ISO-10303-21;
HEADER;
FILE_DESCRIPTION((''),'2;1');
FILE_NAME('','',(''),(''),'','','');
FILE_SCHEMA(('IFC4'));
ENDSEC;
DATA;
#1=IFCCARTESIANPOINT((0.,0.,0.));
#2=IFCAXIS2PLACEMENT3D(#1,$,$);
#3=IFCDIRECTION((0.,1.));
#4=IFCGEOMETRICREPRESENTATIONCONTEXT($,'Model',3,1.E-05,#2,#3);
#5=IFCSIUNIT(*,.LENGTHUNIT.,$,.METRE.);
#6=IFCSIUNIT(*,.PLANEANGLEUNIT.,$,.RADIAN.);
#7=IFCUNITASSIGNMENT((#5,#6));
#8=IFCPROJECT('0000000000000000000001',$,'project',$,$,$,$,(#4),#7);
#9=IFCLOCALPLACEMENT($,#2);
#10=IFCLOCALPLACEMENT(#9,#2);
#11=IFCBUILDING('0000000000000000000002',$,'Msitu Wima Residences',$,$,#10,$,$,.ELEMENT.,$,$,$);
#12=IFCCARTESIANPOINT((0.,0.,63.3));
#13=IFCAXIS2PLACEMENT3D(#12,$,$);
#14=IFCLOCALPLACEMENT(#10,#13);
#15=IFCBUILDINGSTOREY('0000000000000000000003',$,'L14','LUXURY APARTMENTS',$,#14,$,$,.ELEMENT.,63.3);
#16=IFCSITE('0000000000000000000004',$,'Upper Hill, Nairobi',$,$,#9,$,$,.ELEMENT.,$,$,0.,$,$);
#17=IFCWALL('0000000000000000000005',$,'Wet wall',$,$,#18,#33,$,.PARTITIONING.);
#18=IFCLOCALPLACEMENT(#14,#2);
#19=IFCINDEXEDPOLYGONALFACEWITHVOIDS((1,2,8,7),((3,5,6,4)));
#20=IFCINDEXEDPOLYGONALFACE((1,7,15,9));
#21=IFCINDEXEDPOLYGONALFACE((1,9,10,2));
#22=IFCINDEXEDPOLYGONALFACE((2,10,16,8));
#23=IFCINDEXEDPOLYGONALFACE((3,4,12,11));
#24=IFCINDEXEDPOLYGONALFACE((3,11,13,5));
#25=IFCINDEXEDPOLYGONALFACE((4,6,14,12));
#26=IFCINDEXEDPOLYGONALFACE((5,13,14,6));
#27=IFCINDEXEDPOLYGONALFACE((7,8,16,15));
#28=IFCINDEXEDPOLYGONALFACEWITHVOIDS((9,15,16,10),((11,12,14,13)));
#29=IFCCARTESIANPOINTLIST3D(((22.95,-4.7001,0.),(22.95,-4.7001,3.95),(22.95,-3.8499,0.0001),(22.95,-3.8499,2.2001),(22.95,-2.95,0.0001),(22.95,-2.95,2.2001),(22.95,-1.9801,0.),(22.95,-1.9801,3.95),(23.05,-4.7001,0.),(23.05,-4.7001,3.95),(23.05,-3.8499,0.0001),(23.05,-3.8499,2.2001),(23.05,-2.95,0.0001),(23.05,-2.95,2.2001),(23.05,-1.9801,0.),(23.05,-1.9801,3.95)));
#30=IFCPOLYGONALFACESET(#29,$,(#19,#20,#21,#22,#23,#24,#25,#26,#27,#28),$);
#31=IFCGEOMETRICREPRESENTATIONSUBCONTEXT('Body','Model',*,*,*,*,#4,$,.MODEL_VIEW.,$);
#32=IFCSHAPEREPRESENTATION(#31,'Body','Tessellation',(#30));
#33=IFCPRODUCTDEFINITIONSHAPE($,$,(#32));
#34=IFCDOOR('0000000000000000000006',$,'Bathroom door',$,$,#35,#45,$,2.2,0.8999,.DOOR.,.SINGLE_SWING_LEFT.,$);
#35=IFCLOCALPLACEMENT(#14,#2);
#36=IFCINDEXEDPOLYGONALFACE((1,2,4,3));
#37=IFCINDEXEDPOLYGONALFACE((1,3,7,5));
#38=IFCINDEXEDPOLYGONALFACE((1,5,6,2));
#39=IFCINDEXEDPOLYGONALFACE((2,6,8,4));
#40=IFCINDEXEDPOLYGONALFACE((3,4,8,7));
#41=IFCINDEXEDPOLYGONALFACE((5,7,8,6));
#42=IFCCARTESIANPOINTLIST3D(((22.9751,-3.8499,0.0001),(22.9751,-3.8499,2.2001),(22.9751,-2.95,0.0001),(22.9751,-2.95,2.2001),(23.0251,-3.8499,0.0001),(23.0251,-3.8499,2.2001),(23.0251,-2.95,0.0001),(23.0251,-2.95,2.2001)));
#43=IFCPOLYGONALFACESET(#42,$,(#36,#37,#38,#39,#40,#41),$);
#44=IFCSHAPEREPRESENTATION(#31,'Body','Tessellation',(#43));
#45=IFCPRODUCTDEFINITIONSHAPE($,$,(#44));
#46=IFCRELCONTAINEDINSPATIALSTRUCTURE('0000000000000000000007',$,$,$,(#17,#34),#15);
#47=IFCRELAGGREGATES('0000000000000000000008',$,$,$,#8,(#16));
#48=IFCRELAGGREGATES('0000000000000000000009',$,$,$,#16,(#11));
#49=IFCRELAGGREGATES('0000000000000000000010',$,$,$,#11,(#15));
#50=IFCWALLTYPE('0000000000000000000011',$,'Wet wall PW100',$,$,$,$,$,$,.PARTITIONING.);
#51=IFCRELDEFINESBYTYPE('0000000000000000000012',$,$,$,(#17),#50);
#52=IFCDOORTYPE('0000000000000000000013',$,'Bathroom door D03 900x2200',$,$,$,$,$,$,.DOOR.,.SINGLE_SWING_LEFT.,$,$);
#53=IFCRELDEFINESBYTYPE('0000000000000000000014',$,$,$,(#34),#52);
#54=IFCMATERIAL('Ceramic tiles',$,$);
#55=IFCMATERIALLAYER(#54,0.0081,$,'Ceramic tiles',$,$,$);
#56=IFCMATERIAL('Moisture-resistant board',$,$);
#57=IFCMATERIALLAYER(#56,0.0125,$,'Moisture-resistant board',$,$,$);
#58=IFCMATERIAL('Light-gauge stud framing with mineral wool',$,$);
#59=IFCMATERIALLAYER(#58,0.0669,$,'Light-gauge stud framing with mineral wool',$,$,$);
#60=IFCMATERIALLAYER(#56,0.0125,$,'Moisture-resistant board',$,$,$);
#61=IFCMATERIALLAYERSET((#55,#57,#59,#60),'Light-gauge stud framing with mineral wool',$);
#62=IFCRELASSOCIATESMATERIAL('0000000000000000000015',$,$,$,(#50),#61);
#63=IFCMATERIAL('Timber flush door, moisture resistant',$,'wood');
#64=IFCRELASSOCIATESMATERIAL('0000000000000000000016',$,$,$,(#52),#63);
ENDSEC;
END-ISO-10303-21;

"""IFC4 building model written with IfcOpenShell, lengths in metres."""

from ifc_helpers import new_model, si_unit, direction, frame, frame_2d, origin, place, context, subcontext, project, spatial, rectangle, extrude, material, layer, layer_set, type_object, element, fill, save


model = new_model("IFC4")

# Units and contexts
model_context = context("Model", 3, precision=1e-05, world=origin(), true_north=direction((0.0, 1.0)))
body_context = subcontext(model_context, "Body", "Model", "MODEL_VIEW")
ifc_project = project(units=[si_unit("LENGTHUNIT", "METRE"), si_unit("PLANEANGLEUNIT", "RADIAN")], contexts=[model_context])

# Site, building, storey
site_placement = place(None, origin())
site = spatial("IfcSite", under=ifc_project, at=site_placement, Name="Upper Hill, Nairobi", CompositionType="ELEMENT", RefElevation=0.0)
building_placement = place(site_placement, origin())
building = spatial("IfcBuilding", under=site, at=building_placement, Name="Msitu Wima Residences", CompositionType="ELEMENT")
storey_placement = place(building_placement, frame((0.0, 0.0, 63.3)))
storey = spatial("IfcBuildingStorey", under=building, at=storey_placement, Name="L14", Description="LUXURY APARTMENTS", CompositionType="ELEMENT", Elevation=63.3)

# Shared definitions
ifc_material_1 = material(Name="Ceramic tiles")
ifc_layer_1 = layer(ifc_material_1, 0.0081, Name="Ceramic tiles")
ifc_material_2 = material(Name="Moisture-resistant board")
ifc_layer_2 = layer(ifc_material_2, 0.0125, Name="Moisture-resistant board")
ifc_material_3 = material(Name="Light-gauge stud framing with mineral wool")
ifc_layer_3 = layer(ifc_material_3, 0.0669, Name="Light-gauge stud framing with mineral wool")
ifc_layer_4 = layer(ifc_material_2, 0.0125, Name="Moisture-resistant board")
ifc_layer_set_1 = layer_set([ifc_layer_1, ifc_layer_2, ifc_layer_3, ifc_layer_4], Name="Light-gauge stud framing with mineral wool")
wall_type_1 = type_object("IfcWallType", Name="Wet wall PW100", PredefinedType="PARTITIONING", material=ifc_layer_set_1)

# Wall, opening, door
wall_1_placement = place(storey_placement, frame((23.0, -4.7, 0.0), z_axis=(0.0, 0.0, 1.0), x_axis=(0.0, 1.0, 0.0)))
wall_1 = element("IfcWall", 1, at=wall_1_placement, inside=storey, type_object=wall_type_1, Name="Wet wall", PredefinedType="PARTITIONING", context=body_context, shape_type="SweptSolid", body=[
    extrude(rectangle(XDim=2.72, YDim=0.1001, at=frame_2d((1.3599, 0.0))), origin(), (0.0, 0.0, 1.0), 3.95),
])
opening_1_placement = place(wall_1_placement, frame((0.8501, 0.0, 0.0)))
opening_1 = element("IfcOpeningElement", 2, at=opening_1_placement, cuts=wall_1, PredefinedType="OPENING", context=body_context, shape_type="SweptSolid", body=[
    extrude(rectangle(XDim=0.8999, YDim=2.2, at=frame_2d((0.45, 1.1001))), frame((0.0, 0.0601, 0.0), z_axis=(0.0, -1.0, 0.0), x_axis=(1.0, 0.0, 0.0)), (0.0, 0.0, 1.0), 0.1201),
])
ifc_material_4 = material(Name="Timber flush door, moisture resistant", Category="wood")
door_type_1 = type_object("IfcDoorType", Name="Bathroom door D03 900x2200", OperationType="SINGLE_SWING_LEFT", PredefinedType="DOOR", material=ifc_material_4)
door_1_placement = place(opening_1_placement, origin())
door_1 = element("IfcDoor", 3, at=door_1_placement, inside=storey, type_object=door_type_1, Name="Bathroom door", OperationType="SINGLE_SWING_LEFT", OverallHeight=2.2, OverallWidth=0.8999, PredefinedType="DOOR", context=body_context, shape_type="SweptSolid", body=[
    extrude(rectangle(XDim=0.8999, YDim=2.2, at=frame_2d((0.45, 1.1001))), frame((0.0, 0.0249, 0.0), z_axis=(0.0, -1.0, 0.0), x_axis=(1.0, 0.0, 0.0)), (0.0, 0.0, 1.0), 0.05),
])
fill(opening_1, door_1)

save(model, "model.ifc")
